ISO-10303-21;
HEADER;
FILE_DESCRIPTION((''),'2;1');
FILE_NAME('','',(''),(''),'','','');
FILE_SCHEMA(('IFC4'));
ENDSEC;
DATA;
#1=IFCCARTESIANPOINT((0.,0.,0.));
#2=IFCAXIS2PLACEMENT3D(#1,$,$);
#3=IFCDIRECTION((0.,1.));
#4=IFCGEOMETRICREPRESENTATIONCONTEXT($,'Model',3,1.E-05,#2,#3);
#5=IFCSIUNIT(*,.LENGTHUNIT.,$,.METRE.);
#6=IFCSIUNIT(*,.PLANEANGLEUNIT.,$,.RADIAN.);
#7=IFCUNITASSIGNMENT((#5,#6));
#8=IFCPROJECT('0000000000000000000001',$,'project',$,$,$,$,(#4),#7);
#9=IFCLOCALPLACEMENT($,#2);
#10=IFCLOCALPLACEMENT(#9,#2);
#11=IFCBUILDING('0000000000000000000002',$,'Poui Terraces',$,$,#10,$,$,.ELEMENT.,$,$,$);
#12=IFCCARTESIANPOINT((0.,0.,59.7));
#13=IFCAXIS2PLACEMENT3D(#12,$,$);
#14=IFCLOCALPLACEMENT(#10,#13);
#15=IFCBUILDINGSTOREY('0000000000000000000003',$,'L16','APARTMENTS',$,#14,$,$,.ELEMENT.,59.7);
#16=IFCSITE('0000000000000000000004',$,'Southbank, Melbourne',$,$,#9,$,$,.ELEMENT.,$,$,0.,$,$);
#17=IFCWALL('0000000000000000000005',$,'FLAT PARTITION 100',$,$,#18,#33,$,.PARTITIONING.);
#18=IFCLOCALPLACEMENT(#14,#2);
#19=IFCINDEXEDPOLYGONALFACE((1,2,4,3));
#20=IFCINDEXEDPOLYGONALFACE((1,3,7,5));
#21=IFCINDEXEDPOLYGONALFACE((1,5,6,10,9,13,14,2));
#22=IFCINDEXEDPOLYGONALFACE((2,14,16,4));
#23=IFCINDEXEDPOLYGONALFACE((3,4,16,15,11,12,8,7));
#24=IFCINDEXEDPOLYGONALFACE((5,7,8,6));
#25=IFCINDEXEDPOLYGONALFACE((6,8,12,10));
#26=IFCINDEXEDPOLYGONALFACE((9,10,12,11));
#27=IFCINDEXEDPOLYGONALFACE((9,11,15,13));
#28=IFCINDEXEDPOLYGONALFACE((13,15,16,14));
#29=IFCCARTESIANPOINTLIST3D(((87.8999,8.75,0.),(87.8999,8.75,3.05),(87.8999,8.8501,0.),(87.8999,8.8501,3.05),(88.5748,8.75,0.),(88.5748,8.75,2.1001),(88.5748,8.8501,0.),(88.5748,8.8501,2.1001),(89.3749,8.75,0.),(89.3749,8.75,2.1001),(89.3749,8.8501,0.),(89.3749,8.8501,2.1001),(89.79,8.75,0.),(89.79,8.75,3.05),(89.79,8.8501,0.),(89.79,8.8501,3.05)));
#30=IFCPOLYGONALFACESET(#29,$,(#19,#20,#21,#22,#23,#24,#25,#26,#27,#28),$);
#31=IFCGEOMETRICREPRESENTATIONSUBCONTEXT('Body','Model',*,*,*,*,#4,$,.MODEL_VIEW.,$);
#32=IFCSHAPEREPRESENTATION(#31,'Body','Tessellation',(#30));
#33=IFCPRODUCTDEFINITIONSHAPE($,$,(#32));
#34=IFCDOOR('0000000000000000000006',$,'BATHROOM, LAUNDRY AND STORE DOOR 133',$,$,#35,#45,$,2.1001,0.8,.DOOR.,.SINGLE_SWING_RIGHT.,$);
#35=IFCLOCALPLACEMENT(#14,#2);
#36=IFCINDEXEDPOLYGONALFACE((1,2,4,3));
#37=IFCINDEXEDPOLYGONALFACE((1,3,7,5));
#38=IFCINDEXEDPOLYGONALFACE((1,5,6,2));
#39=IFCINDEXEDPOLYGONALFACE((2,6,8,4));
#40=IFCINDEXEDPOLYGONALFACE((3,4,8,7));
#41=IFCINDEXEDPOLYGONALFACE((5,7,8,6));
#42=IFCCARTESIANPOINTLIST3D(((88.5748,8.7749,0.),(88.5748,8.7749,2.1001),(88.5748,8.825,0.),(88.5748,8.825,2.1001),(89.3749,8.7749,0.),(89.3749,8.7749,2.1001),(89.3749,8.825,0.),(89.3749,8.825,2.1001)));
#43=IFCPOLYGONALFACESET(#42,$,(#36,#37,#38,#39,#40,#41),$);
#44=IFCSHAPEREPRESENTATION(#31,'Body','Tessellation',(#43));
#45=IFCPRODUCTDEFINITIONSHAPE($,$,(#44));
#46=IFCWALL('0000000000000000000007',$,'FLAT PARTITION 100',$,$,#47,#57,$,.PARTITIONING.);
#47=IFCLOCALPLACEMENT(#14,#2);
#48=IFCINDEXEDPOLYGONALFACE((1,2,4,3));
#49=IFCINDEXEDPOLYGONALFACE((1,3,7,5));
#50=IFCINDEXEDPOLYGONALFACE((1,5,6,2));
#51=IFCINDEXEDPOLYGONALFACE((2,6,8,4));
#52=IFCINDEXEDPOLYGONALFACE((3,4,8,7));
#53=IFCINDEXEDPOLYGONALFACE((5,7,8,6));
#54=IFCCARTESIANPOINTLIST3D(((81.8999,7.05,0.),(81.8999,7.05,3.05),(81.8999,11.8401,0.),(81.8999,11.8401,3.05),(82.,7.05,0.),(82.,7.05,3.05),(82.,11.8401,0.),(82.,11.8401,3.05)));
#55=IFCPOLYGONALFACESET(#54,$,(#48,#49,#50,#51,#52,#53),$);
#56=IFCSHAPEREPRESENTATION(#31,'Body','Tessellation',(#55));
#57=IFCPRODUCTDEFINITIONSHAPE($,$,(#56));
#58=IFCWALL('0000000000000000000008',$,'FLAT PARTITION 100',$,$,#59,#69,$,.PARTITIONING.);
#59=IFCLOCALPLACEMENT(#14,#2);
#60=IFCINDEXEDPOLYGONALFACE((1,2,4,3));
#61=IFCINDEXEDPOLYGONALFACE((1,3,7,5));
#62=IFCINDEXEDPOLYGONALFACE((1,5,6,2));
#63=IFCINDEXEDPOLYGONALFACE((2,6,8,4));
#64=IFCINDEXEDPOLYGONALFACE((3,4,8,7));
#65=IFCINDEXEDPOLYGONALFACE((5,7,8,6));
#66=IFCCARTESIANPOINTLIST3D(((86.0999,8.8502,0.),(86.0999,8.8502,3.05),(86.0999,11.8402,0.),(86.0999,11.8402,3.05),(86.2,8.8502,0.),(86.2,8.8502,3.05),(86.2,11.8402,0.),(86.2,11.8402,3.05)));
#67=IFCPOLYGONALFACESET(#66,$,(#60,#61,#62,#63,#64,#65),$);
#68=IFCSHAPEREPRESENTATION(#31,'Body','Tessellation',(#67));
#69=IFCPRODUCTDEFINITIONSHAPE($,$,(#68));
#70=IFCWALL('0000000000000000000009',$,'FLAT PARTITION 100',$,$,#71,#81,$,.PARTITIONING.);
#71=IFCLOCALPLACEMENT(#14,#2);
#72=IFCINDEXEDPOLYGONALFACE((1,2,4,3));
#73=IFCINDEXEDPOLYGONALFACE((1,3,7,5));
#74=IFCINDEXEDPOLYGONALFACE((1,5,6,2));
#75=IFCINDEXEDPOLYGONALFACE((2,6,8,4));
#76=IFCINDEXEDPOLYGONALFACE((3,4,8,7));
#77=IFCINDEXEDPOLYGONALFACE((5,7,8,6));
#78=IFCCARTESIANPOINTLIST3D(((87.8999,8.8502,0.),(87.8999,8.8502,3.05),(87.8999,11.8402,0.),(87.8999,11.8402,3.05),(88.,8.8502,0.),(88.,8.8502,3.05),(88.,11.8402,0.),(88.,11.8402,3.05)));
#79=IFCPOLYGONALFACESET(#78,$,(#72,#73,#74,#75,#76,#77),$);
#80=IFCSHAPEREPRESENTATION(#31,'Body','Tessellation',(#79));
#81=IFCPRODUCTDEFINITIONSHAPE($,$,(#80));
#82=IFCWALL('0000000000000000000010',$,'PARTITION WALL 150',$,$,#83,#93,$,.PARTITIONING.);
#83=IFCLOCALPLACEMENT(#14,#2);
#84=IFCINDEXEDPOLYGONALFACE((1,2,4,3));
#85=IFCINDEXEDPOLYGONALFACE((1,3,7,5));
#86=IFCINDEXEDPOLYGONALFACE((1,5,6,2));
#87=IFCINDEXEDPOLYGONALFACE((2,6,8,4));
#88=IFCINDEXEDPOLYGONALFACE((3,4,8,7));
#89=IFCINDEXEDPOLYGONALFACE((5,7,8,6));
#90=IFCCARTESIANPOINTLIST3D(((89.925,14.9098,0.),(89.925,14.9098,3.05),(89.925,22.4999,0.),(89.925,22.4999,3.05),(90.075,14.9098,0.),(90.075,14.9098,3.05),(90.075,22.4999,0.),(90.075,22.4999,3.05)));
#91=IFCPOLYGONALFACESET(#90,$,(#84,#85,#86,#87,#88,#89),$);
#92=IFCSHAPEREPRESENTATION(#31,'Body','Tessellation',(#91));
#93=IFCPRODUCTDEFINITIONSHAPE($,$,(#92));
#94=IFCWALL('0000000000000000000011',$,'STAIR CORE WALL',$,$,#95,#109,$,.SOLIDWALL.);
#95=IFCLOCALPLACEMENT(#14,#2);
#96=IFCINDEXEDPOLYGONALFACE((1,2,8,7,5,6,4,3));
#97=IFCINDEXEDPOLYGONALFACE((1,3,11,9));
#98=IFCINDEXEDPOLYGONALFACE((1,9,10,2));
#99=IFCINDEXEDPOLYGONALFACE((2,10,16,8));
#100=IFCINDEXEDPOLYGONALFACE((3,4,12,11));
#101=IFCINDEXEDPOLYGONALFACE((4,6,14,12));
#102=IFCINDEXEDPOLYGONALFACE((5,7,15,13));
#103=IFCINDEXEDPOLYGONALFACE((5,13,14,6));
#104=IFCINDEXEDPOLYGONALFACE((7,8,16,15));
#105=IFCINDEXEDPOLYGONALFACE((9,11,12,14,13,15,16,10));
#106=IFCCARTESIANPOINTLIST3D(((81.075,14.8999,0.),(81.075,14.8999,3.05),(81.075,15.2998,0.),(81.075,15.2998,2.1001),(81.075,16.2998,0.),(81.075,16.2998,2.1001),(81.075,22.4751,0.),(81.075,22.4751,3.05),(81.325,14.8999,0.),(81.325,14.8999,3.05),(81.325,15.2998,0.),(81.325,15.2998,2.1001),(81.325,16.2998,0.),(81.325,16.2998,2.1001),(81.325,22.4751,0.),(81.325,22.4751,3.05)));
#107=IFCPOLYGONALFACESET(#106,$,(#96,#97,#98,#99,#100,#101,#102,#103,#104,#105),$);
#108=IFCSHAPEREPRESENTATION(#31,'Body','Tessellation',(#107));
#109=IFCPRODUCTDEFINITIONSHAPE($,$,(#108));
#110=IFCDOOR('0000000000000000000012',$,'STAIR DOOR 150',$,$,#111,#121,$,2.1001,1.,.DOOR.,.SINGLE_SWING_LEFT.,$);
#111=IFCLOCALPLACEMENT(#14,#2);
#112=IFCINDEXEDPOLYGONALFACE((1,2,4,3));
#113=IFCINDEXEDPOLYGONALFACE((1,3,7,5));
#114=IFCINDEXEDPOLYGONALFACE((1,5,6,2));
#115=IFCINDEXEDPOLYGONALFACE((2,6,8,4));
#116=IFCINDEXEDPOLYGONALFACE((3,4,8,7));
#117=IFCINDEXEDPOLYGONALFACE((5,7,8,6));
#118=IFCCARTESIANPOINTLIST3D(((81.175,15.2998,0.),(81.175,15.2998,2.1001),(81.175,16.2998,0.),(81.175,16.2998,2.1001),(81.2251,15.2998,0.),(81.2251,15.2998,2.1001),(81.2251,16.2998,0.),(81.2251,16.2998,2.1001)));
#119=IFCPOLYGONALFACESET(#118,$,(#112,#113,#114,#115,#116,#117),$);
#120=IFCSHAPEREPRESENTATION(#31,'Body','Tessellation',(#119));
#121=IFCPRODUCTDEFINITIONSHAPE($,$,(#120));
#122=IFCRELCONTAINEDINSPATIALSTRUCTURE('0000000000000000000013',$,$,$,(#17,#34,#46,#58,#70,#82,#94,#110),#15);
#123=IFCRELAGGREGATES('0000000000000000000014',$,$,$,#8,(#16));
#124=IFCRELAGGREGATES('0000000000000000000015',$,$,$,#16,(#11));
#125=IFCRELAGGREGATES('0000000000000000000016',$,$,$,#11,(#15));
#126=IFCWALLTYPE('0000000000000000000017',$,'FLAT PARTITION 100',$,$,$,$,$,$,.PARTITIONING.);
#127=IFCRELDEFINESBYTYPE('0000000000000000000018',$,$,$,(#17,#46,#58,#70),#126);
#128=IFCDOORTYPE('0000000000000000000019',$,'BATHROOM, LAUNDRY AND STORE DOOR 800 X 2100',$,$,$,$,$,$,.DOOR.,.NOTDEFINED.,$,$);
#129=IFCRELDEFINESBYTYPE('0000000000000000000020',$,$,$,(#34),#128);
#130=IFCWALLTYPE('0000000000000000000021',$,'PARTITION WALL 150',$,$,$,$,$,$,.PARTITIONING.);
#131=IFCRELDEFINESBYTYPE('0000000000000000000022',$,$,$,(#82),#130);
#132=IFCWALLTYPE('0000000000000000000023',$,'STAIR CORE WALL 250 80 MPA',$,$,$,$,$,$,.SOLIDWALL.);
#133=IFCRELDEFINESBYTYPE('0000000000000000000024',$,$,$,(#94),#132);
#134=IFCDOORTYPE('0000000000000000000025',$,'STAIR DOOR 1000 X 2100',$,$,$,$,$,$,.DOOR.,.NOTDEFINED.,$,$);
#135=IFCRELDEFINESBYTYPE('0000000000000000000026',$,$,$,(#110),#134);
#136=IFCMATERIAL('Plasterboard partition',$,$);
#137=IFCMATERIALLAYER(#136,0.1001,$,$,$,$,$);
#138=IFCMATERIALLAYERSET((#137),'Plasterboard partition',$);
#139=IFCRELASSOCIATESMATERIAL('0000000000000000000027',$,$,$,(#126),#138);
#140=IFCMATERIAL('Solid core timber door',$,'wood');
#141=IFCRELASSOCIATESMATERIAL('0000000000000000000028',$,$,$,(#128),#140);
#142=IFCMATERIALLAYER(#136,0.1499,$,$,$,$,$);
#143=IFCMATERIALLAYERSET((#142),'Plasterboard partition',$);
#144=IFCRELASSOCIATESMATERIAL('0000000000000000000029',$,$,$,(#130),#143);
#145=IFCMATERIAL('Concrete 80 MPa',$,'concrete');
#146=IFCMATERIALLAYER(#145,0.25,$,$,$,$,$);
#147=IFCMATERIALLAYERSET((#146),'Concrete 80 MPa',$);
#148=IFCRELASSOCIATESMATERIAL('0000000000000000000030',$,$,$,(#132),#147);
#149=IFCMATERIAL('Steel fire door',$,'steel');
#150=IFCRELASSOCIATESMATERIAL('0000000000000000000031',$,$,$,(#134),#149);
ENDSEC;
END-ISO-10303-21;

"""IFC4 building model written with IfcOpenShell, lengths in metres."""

from ifc_helpers import new_model, si_unit, direction, frame, frame_2d, origin, place, context, subcontext, project, spatial, rectangle, extrude, material, layer, layer_set, type_object, element, fill, save


model = new_model("IFC4")

# Units and contexts
model_context = context("Model", 3, precision=1e-05, world=origin(), true_north=direction((0.0, 1.0)))
body_context = subcontext(model_context, "Body", "Model", "MODEL_VIEW")
ifc_project = project(units=[si_unit("LENGTHUNIT", "METRE"), si_unit("PLANEANGLEUNIT", "RADIAN")], contexts=[model_context])

# Site, building, storey
site_placement = place(None, origin())
site = spatial("IfcSite", under=ifc_project, at=site_placement, Name="Southbank, Melbourne", CompositionType="ELEMENT", RefElevation=0.0)
building_placement = place(site_placement, origin())
building = spatial("IfcBuilding", under=site, at=building_placement, Name="Poui Terraces", CompositionType="ELEMENT")
storey_placement = place(building_placement, frame((0.0, 0.0, 59.7)))
storey = spatial("IfcBuildingStorey", under=building, at=storey_placement, Name="L16", Description="APARTMENTS", CompositionType="ELEMENT", Elevation=59.7)

# Shared definitions
ifc_material_1 = material(Name="Concrete 80 MPa", Category="concrete")

# Wall, opening, door
ifc_material_2 = material(Name="Steel fire door", Category="steel")
ifc_material_3 = material(Name="Solid core timber door", Category="wood")
ifc_material_4 = material(Name="Plasterboard partition")
ifc_layer_1 = layer(ifc_material_4, 0.1001)
ifc_layer_set_1 = layer_set([ifc_layer_1], Name="Plasterboard partition")
wall_type_1 = type_object("IfcWallType", Name="FLAT PARTITION 100", PredefinedType="PARTITIONING", material=ifc_layer_set_1)
wall_1_placement = place(storey_placement, frame((87.8999, 8.8, 0.0), z_axis=(0.0, 0.0, 1.0), x_axis=(1.0, 0.0, 0.0)))
wall_1 = element("IfcWall", 1, at=wall_1_placement, inside=storey, type_object=wall_type_1, Name="FLAT PARTITION 100", PredefinedType="PARTITIONING", context=body_context, shape_type="SweptSolid", body=[
    extrude(rectangle(XDim=1.8901, YDim=0.1001, at=frame_2d((0.9451, 0.0))), origin(), (0.0, 0.0, 1.0), 3.05),
])
opening_1_placement = place(wall_1_placement, frame((0.675, 0.0, 0.0)))
opening_1 = element("IfcOpeningElement", 2, at=opening_1_placement, cuts=wall_1, PredefinedType="OPENING", context=body_context, shape_type="SweptSolid", body=[
    extrude(rectangle(XDim=0.8, YDim=2.1001, at=frame_2d((0.3999, 1.05))), frame((0.0, 0.0601, 0.0), z_axis=(0.0, -1.0, 0.0), x_axis=(1.0, 0.0, 0.0)), (0.0, 0.0, 1.0), 0.1201),
])
door_type_1 = type_object("IfcDoorType", Name="BATHROOM, LAUNDRY AND STORE DOOR 800 X 2100", OperationType="NOTDEFINED", PredefinedType="DOOR", material=ifc_material_3)
door_1_placement = place(opening_1_placement, origin())
door_1 = element("IfcDoor", 3, at=door_1_placement, inside=storey, type_object=door_type_1, Name="BATHROOM, LAUNDRY AND STORE DOOR 133", OperationType="SINGLE_SWING_RIGHT", OverallHeight=2.1001, OverallWidth=0.8, PredefinedType="DOOR", context=body_context, shape_type="SweptSolid", body=[
    extrude(rectangle(XDim=0.8, YDim=2.1001, at=frame_2d((0.3999, 1.05))), frame((0.0, 0.0249, 0.0), z_axis=(0.0, -1.0, 0.0), x_axis=(1.0, 0.0, 0.0)), (0.0, 0.0, 1.0), 0.05),
])
fill(opening_1, door_1)

# Walls
wall_2_placement = place(storey_placement, frame((81.95, 7.05, 0.0), z_axis=(0.0, 0.0, 1.0), x_axis=(0.0, 1.0, 0.0)))
element("IfcWall", 4, at=wall_2_placement, inside=storey, type_object=wall_type_1, Name="FLAT PARTITION 100", PredefinedType="PARTITIONING", context=body_context, shape_type="SweptSolid", body=[
    extrude(rectangle(XDim=4.79, YDim=0.1001, at=frame_2d((2.395, 0.0))), origin(), (0.0, 0.0, 1.0), 3.05),
])
for number, where, z_axis, x_axis, name in (
    (5, (86.1499, 8.8501, 0.0), (0.0, 0.0, 1.0), (0.0, 1.0, 0.0), "FLAT PARTITION 100"),
    (6, (87.95, 8.8501, 0.0), (0.0, 0.0, 1.0), (0.0, 1.0, 0.0), "FLAT PARTITION 100"),
):
    element("IfcWall", number, at=place(storey_placement, frame(where, z_axis=z_axis, x_axis=x_axis)), inside=storey, type_object=wall_type_1, Name=name, PredefinedType="PARTITIONING", context=body_context, shape_type="SweptSolid", body=[
        extrude(rectangle(XDim=2.99, YDim=0.1001, at=frame_2d((1.4951, 0.0))), origin(), (0.0, 0.0, 1.0), 3.05),
    ])
ifc_layer_2 = layer(ifc_material_4, 0.1499)
ifc_layer_set_2 = layer_set([ifc_layer_2], Name="Plasterboard partition")
wall_type_2 = type_object("IfcWallType", Name="PARTITION WALL 150", PredefinedType="PARTITIONING", material=ifc_layer_set_2)
wall_3_placement = place(storey_placement, frame((90.0, 14.9099, 0.0), z_axis=(0.0, 0.0, 1.0), x_axis=(0.0, 1.0, 0.0)))
element("IfcWall", 7, at=wall_3_placement, inside=storey, type_object=wall_type_2, Name="PARTITION WALL 150", PredefinedType="PARTITIONING", context=body_context, shape_type="SweptSolid", body=[
    extrude(rectangle(XDim=7.5901, YDim=0.1499, at=frame_2d((3.7949, 0.0))), origin(), (0.0, 0.0, 1.0), 3.05),
])

# Wall, opening, door
ifc_layer_3 = layer(ifc_material_1, 0.25)
ifc_layer_set_3 = layer_set([ifc_layer_3], Name="Concrete 80 MPa")
wall_type_3 = type_object("IfcWallType", Name="STAIR CORE WALL 250 80 MPA", PredefinedType="SOLIDWALL", material=ifc_layer_set_3)
wall_4_placement = place(storey_placement, frame((81.2, 14.8999, 0.0), z_axis=(0.0, 0.0, 1.0), x_axis=(0.0, 1.0, 0.0)))
wall_4 = element("IfcWall", 8, at=wall_4_placement, inside=storey, type_object=wall_type_3, Name="STAIR CORE WALL", PredefinedType="SOLIDWALL", context=body_context, shape_type="SweptSolid", body=[
    extrude(rectangle(XDim=7.5752, YDim=0.25, at=frame_2d((3.7876, 0.0))), origin(), (0.0, 0.0, 1.0), 3.05),
])
opening_2_placement = place(wall_4_placement, frame((0.3999, 0.0, 0.0)))
opening_2 = element("IfcOpeningElement", 9, at=opening_2_placement, cuts=wall_4, PredefinedType="OPENING", context=body_context, shape_type="SweptSolid", body=[
    extrude(rectangle(XDim=1.0, YDim=2.1001, at=frame_2d((0.5, 1.05))), frame((0.0, 0.135, 0.0), z_axis=(0.0, -1.0, 0.0), x_axis=(1.0, 0.0, 0.0)), (0.0, 0.0, 1.0), 0.27),
])
door_type_2 = type_object("IfcDoorType", Name="STAIR DOOR 1000 X 2100", OperationType="NOTDEFINED", PredefinedType="DOOR", material=ifc_material_2)
door_2_placement = place(opening_2_placement, origin())
door_2 = element("IfcDoor", 10, at=door_2_placement, inside=storey, type_object=door_type_2, Name="STAIR DOOR 150", OperationType="SINGLE_SWING_LEFT", OverallHeight=2.1001, OverallWidth=1.0, PredefinedType="DOOR", context=body_context, shape_type="SweptSolid", body=[
    extrude(rectangle(XDim=1.0, YDim=2.1001, at=frame_2d((0.5, 1.05))), frame((0.0, 0.0249, 0.0), z_axis=(0.0, -1.0, 0.0), x_axis=(1.0, 0.0, 0.0)), (0.0, 0.0, 1.0), 0.05),
])
fill(opening_2, door_2)

save(model, "model.ifc")
